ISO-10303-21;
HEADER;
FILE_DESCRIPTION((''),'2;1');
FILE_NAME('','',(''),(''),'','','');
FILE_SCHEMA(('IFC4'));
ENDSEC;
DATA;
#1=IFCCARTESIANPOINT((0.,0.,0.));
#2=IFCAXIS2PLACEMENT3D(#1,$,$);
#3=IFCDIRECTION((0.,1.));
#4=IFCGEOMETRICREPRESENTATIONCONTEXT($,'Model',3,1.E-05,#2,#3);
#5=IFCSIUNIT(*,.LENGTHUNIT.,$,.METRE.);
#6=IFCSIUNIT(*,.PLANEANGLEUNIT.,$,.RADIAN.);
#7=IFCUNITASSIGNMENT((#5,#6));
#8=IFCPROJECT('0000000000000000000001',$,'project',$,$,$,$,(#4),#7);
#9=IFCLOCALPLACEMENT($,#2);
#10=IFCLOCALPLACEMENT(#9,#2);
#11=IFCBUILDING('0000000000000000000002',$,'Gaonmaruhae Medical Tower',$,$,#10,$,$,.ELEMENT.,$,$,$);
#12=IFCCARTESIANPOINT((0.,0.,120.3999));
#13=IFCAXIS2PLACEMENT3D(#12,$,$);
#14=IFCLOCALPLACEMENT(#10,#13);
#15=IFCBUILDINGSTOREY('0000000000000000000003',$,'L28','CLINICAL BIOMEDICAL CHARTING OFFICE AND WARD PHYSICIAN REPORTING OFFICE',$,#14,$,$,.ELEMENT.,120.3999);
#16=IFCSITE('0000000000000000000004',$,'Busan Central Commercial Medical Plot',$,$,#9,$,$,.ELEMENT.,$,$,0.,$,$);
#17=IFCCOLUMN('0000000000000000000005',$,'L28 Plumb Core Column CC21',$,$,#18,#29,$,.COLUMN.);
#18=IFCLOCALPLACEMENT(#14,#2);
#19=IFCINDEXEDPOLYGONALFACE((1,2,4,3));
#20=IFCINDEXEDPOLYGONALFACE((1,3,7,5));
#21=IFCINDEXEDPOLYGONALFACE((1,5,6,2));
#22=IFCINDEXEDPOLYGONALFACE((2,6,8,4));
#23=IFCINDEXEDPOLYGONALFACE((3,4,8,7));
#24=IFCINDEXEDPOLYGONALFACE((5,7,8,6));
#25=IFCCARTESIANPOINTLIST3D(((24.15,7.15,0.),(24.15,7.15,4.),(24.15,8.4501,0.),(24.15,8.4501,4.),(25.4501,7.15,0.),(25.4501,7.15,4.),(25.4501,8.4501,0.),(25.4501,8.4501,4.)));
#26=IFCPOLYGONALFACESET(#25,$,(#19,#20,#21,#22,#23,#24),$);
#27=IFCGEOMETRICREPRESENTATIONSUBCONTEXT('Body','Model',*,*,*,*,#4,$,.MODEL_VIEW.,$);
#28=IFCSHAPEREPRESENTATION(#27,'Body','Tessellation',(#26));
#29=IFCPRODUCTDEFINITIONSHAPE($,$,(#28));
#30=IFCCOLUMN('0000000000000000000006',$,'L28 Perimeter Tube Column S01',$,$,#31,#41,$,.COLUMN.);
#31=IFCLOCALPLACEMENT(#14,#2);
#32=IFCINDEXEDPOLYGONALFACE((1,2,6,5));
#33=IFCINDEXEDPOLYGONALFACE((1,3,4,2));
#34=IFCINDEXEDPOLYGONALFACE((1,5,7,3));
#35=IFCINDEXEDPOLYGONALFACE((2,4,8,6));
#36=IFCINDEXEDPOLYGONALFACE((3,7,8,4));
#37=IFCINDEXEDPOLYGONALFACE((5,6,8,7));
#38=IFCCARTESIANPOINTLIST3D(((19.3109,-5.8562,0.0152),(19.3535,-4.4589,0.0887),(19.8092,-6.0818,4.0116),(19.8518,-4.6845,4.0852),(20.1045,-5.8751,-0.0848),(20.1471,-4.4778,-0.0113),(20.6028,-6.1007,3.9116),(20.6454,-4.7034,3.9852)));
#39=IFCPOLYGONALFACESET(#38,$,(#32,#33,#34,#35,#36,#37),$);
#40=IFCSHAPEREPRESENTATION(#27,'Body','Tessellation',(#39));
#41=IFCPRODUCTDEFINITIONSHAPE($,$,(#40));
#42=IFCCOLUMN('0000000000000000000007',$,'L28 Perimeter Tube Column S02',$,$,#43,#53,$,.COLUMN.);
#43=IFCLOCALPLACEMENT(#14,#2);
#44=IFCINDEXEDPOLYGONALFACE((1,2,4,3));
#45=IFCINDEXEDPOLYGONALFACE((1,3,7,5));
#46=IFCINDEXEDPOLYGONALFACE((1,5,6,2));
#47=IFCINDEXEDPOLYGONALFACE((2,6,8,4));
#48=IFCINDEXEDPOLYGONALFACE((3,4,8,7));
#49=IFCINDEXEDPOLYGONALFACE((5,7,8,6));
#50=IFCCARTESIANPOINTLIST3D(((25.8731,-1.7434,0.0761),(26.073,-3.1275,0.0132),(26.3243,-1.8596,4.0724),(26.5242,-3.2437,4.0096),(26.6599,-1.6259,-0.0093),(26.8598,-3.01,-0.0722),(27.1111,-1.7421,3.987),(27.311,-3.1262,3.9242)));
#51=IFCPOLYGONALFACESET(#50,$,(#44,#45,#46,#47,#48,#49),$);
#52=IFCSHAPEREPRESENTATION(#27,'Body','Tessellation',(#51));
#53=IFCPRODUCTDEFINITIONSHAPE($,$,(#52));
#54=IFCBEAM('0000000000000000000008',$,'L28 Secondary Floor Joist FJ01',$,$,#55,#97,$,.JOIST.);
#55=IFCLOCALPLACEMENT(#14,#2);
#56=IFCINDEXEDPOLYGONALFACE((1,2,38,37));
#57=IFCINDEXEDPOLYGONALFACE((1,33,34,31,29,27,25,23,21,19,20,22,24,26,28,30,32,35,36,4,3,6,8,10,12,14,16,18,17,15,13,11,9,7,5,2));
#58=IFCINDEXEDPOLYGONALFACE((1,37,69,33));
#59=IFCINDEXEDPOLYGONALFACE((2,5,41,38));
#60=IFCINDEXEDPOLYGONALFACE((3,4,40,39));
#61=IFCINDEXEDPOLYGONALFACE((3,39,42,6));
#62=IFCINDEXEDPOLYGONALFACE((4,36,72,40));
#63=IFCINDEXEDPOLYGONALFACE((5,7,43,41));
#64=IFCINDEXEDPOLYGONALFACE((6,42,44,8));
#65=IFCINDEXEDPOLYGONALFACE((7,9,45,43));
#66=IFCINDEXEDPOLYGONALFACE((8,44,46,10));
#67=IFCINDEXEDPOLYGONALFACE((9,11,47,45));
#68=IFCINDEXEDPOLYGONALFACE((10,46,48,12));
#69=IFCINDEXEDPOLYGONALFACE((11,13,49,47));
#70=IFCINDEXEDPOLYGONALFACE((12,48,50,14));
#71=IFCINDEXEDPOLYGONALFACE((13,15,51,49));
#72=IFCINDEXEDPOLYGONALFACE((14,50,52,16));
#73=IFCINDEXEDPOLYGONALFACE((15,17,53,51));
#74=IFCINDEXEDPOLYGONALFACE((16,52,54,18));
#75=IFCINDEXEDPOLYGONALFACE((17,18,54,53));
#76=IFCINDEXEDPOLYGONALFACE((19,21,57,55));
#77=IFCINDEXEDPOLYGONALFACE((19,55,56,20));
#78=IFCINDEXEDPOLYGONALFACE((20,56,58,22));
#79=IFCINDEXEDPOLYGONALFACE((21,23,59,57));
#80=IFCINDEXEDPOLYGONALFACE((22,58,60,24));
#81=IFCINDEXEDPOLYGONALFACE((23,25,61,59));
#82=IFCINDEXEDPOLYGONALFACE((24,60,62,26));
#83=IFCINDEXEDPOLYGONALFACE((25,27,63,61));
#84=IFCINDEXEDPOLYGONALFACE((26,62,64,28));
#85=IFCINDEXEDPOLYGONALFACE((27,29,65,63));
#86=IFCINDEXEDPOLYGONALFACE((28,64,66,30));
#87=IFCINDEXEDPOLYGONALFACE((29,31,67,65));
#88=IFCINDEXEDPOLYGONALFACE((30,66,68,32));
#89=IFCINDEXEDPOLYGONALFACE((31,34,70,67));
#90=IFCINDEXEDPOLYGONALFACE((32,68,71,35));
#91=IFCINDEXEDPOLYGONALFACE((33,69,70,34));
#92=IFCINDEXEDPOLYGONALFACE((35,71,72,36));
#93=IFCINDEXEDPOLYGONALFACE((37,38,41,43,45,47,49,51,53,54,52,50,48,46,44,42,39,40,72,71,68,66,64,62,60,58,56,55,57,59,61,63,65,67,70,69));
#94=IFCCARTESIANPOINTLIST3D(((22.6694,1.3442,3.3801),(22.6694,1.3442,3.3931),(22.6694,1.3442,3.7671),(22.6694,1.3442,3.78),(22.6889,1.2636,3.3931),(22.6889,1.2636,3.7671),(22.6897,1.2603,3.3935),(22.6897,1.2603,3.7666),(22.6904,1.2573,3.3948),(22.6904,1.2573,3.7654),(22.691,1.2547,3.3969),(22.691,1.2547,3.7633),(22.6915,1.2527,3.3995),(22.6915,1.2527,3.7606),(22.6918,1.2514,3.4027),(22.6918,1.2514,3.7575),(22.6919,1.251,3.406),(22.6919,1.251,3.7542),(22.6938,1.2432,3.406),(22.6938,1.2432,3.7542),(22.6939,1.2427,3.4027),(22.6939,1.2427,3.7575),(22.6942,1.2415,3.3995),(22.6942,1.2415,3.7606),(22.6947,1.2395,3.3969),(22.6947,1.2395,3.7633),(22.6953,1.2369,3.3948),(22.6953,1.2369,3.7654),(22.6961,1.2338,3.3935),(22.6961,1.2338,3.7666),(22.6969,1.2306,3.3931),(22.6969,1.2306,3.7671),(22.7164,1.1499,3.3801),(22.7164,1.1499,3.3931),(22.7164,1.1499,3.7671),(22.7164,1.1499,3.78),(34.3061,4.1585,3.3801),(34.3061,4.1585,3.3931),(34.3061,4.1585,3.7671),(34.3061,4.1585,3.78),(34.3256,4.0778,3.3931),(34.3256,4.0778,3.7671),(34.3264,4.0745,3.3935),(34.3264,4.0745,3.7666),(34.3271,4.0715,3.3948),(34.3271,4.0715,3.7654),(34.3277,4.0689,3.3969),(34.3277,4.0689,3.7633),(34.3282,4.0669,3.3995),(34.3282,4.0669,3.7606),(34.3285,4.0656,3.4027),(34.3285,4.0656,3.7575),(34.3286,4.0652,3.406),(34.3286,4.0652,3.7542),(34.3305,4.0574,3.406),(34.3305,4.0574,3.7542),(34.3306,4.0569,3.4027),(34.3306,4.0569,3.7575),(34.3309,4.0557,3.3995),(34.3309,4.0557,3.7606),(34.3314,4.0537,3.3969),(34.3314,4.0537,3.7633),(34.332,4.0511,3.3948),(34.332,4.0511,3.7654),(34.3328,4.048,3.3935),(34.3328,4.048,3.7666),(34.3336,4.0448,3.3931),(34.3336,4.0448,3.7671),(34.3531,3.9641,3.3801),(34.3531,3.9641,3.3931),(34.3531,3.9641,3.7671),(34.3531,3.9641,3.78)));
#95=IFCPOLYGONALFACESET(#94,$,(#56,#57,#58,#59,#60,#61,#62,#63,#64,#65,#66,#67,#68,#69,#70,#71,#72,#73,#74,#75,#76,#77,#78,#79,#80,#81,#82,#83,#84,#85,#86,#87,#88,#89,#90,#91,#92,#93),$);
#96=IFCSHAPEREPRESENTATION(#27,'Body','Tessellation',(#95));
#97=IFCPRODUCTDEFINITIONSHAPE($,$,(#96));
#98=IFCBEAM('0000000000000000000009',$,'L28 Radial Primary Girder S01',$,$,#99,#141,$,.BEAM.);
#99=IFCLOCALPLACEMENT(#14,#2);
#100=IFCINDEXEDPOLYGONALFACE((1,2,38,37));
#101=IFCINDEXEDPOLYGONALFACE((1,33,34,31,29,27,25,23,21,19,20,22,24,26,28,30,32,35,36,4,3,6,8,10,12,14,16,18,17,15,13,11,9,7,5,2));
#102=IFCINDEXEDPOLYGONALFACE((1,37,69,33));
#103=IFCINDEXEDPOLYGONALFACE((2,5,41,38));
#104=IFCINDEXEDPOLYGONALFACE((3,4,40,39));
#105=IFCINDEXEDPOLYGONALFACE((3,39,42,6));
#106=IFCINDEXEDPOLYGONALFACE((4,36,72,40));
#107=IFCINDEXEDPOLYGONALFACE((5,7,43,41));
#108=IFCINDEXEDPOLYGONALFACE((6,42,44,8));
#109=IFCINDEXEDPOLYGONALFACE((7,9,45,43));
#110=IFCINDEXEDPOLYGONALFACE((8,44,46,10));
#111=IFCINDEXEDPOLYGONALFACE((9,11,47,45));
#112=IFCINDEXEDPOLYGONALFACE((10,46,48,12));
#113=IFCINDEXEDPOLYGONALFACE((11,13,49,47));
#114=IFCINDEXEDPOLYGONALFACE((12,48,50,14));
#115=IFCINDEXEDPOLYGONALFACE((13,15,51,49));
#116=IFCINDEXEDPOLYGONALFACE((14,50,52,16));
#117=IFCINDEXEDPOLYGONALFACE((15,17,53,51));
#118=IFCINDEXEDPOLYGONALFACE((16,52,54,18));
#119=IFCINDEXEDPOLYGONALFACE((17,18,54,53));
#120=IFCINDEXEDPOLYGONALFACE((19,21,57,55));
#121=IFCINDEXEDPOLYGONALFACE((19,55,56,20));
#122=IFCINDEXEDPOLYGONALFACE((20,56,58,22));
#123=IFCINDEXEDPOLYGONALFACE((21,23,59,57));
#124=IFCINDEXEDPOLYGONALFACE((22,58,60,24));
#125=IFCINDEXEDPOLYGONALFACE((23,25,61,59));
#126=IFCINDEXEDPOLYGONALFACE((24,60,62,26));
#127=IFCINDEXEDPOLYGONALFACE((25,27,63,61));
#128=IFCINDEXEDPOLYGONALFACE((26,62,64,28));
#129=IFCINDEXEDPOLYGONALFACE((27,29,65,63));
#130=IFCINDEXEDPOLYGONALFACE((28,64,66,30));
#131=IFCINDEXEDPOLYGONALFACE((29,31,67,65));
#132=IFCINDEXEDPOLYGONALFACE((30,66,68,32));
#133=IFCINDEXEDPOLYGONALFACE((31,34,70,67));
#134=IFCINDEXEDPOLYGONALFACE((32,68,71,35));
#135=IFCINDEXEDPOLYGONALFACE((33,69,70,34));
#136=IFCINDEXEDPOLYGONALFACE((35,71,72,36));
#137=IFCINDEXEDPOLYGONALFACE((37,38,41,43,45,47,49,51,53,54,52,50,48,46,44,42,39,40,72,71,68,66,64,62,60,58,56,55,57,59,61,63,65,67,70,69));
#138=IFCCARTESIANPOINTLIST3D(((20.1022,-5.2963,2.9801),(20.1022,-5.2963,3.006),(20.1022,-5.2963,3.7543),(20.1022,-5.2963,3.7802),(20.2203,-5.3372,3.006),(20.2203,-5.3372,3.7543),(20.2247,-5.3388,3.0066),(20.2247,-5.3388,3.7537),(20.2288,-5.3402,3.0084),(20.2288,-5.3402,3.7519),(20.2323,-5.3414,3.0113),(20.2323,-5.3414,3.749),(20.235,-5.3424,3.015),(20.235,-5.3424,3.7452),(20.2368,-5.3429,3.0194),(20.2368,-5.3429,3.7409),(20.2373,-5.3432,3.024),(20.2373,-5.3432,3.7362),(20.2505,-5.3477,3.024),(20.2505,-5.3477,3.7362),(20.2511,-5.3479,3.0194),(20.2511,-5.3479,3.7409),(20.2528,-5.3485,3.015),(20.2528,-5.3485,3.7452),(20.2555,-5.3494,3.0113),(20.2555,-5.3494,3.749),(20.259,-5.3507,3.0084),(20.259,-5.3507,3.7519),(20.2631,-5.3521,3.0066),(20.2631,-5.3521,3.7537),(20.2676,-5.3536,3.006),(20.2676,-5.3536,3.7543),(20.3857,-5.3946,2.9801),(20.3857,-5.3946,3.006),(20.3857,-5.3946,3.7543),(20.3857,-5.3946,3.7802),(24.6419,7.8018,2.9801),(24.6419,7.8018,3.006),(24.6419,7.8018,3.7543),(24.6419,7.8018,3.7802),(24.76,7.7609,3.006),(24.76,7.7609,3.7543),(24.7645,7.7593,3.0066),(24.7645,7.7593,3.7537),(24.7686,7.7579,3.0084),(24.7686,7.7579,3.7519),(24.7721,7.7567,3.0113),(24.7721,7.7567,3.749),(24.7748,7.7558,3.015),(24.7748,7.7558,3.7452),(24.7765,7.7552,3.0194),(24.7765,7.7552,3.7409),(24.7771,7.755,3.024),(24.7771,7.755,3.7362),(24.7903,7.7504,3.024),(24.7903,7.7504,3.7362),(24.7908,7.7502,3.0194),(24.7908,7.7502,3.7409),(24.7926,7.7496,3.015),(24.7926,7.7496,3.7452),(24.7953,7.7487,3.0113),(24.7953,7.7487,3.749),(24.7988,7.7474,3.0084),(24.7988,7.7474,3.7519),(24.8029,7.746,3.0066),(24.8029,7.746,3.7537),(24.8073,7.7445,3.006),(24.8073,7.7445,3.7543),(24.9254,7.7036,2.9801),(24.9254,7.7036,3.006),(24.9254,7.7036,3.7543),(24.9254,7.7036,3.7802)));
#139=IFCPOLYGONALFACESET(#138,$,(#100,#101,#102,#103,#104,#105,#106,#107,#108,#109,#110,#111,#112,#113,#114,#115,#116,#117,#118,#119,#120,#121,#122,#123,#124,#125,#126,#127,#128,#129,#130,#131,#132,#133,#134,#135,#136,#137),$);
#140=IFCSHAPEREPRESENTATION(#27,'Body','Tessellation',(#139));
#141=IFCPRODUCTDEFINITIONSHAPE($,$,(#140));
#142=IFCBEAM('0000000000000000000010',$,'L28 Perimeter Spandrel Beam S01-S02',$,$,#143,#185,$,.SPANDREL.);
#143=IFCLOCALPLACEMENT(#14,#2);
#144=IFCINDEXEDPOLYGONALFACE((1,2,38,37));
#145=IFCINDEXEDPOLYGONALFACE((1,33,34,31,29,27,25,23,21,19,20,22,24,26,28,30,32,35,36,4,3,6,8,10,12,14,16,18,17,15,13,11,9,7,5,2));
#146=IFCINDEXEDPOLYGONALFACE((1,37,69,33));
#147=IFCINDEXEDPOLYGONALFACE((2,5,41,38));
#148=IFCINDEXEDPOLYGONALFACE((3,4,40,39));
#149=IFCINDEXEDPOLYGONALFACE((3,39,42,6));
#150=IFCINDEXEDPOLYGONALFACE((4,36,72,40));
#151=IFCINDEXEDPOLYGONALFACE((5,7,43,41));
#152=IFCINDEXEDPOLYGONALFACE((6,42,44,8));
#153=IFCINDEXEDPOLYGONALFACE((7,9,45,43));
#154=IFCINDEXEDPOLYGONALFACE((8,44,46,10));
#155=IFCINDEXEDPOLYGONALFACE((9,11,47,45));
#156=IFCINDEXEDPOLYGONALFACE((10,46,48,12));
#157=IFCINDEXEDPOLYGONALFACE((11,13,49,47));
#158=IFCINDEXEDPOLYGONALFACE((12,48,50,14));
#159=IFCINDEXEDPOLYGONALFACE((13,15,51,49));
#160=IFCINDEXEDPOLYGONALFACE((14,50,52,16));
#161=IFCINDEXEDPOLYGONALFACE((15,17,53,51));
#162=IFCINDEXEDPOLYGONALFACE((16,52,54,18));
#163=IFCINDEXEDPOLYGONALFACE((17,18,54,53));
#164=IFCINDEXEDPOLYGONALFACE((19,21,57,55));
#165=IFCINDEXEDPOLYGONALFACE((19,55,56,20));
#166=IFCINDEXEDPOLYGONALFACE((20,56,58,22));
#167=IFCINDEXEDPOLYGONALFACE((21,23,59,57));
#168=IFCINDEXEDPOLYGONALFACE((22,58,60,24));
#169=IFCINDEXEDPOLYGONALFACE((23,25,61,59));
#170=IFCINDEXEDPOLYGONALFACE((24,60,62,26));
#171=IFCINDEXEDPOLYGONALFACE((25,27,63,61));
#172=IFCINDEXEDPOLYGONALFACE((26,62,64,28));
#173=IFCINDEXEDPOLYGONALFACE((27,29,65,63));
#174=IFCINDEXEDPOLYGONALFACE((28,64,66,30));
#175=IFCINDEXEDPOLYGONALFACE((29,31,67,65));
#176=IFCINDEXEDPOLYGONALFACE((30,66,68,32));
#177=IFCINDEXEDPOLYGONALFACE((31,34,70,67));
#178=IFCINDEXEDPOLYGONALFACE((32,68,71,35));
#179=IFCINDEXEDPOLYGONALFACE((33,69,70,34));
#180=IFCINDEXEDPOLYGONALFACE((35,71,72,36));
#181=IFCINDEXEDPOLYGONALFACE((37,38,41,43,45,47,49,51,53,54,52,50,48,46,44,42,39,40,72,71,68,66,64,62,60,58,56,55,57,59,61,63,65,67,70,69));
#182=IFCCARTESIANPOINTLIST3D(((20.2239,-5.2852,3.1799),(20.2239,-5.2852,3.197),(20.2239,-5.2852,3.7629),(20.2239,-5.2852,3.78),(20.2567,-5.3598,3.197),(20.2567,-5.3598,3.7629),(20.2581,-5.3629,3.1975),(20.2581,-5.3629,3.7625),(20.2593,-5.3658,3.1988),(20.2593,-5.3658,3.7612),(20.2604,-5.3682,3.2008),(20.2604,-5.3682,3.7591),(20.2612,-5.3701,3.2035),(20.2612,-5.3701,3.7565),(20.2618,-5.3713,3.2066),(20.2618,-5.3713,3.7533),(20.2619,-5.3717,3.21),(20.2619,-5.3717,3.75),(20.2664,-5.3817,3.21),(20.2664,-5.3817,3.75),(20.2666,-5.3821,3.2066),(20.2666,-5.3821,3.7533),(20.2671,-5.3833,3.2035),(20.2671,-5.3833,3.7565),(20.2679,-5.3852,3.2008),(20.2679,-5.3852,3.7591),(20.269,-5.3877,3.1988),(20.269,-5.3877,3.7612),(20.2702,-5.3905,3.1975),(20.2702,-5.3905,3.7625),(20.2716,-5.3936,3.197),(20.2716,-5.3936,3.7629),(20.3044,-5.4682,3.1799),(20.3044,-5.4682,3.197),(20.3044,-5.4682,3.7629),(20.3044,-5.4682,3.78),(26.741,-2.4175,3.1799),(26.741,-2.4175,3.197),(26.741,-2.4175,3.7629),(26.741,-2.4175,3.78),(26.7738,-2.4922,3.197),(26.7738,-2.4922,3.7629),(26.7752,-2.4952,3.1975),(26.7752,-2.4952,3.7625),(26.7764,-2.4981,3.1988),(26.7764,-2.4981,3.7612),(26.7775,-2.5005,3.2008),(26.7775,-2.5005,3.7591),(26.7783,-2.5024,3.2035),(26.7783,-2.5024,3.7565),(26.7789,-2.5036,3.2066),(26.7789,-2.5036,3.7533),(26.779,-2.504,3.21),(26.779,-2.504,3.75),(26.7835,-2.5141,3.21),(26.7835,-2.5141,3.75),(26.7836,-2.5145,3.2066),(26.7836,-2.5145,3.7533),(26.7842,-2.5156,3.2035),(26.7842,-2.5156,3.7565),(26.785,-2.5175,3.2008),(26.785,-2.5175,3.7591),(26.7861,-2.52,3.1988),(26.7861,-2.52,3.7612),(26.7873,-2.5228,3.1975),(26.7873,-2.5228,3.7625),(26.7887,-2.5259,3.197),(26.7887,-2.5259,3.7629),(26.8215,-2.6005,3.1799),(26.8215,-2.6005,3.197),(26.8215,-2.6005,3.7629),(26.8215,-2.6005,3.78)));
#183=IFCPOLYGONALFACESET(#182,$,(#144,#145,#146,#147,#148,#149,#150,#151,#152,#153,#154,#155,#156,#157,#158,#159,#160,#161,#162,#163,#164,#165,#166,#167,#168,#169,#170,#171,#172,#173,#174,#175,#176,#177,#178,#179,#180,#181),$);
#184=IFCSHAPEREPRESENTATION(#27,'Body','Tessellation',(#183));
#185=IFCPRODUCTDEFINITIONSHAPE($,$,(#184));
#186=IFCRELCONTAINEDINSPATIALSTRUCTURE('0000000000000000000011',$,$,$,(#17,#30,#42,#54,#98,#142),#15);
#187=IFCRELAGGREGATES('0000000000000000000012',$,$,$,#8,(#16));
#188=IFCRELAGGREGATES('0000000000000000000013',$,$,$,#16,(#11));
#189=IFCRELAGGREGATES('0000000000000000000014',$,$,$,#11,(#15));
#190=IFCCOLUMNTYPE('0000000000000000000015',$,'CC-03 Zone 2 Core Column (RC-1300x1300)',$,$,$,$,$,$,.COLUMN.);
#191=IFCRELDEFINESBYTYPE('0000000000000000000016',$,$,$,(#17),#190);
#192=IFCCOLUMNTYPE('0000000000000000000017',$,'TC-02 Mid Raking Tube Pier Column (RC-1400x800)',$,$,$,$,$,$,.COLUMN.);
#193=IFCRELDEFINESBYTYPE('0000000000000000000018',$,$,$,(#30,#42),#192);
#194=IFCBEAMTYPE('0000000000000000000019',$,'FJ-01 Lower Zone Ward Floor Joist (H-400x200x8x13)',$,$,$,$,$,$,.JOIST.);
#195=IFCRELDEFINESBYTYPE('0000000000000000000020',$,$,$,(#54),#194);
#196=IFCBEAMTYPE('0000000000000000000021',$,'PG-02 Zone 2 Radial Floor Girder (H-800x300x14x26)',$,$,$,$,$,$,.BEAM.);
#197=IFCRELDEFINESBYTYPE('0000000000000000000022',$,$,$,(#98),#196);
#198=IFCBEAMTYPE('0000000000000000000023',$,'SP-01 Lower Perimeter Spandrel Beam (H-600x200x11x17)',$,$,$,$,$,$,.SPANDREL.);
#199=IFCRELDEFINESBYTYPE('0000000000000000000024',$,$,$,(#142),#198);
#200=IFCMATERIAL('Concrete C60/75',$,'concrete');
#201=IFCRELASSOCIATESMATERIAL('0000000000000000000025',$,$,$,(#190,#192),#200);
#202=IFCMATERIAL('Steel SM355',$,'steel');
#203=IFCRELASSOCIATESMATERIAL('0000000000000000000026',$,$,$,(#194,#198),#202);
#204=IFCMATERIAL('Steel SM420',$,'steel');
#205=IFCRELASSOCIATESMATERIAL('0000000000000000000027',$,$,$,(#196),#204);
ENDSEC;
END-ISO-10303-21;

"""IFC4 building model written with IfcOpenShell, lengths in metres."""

from ifc_helpers import new_model, si_unit, direction, frame, origin, origin_2d, place, context, subcontext, project, spatial, rectangle, i_section, extrude, material, material_profile, profile_set, type_object, element, save


model = new_model("IFC4")

# Units and contexts
model_context = context("Model", 3, precision=1e-05, world=origin(), true_north=direction((0.0, 1.0)))
body_context = subcontext(model_context, "Body", "Model", "MODEL_VIEW")
ifc_project = project(units=[si_unit("LENGTHUNIT", "METRE"), si_unit("PLANEANGLEUNIT", "RADIAN")], contexts=[model_context])

# Site, building, storey
site_placement = place(None, origin())
site = spatial("IfcSite", under=ifc_project, at=site_placement, Name="Busan Central Commercial Medical Plot", CompositionType="ELEMENT", RefElevation=0.0)
building_placement = place(site_placement, origin())
building = spatial("IfcBuilding", under=site, at=building_placement, Name="Gaonmaruhae Medical Tower", CompositionType="ELEMENT")
storey_placement = place(building_placement, frame((0.0, 0.0, 120.3999)))
storey = spatial("IfcBuildingStorey", under=building, at=storey_placement, Name="L28", Description="CLINICAL BIOMEDICAL CHARTING OFFICE AND WARD PHYSICIAN REPORTING OFFICE", CompositionType="ELEMENT", Elevation=120.3999)

# Columns
ifc_material_1 = material(Name="Concrete C60/75", Category="concrete")
ifc_material_profile_1 = material_profile(ifc_material_1, rectangle(XDim=1.3, YDim=1.3, at=origin_2d()), Name="RC-1300x1300")
ifc_profile_set_1 = profile_set([ifc_material_profile_1], Name="Concrete C60/75")
column_type_1 = type_object("IfcColumnType", Name="CC-03 Zone 2 Core Column (RC-1300x1300)", PredefinedType="COLUMN", material=ifc_profile_set_1)
column_1_placement = place(storey_placement, frame((24.8, 7.8, 0.0), z_axis=(0.0, 0.0, 1.0), x_axis=(1.0, 0.0, 0.0)))
element("IfcColumn", 1, at=column_1_placement, inside=storey, type_object=column_type_1, Name="L28 Plumb Core Column CC21", PredefinedType="COLUMN", context=body_context, shape_type="SweptSolid", body=[
    extrude(rectangle(XDim=1.3, YDim=1.3, at=origin_2d()), origin(), (0.0, 0.0, 1.0), 4.0),
])
ifc_material_profile_2 = material_profile(ifc_material_1, rectangle(XDim=1.3999, YDim=0.8, at=origin_2d()), Name="RC-1400x800")
ifc_profile_set_2 = profile_set([ifc_material_profile_2], Name="Concrete C60/75")
column_type_2 = type_object("IfcColumnType", Name="TC-02 Mid Raking Tube Pier Column (RC-1400x800)", PredefinedType="COLUMN", material=ifc_profile_set_2)
column_2_placement = place(storey_placement, frame((19.729, -5.167, 0.002), z_axis=(0.123535, -0.055927, 0.990763), x_axis=(0.030435, 0.998154, 0.052549)))
element("IfcColumn", 2, at=column_2_placement, inside=storey, type_object=column_type_2, Name="L28 Perimeter Tube Column S01", PredefinedType="COLUMN", context=body_context, shape_type="SweptSolid", body=[
    extrude(rectangle(XDim=1.3999, YDim=0.8, at=origin_2d()), origin(), (0.0, 0.0, 1.0), 4.0337),
])
column_3_placement = place(storey_placement, frame((26.3665, -2.3767, 0.002), z_axis=(0.112137, -0.028884, 0.993273), x_axis=(-0.142798, 0.988734, 0.044873)))
element("IfcColumn", 3, at=column_3_placement, inside=storey, type_object=column_type_2, Name="L28 Perimeter Tube Column S02", PredefinedType="COLUMN", context=body_context, shape_type="SweptSolid", body=[
    extrude(rectangle(XDim=1.3999, YDim=0.8, at=origin_2d()), origin(), (0.0, 0.0, 1.0), 4.0234),
])

# Beams
ifc_material_2 = material(Name="Steel SM355", Category="steel")
ifc_material_profile_3 = material_profile(ifc_material_2, i_section(OverallWidth=0.2, OverallDepth=0.3999, WebThickness=0.0081, FlangeThickness=0.0129, FilletRadius=0.0129, at=origin_2d()), Name="H-400x200x8x13")
ifc_profile_set_3 = profile_set([ifc_material_profile_3], Name="Steel SM355")
beam_type_1 = type_object("IfcBeamType", Name="FJ-01 Lower Zone Ward Floor Joist (H-400x200x8x13)", PredefinedType="JOIST", material=ifc_profile_set_3)
beam_1_placement = place(storey_placement, frame((22.6929, 1.2471, 3.5801), z_axis=(0.97198, 0.235062, 0.0), x_axis=(-0.235062, 0.97198, 0.0)))
element("IfcBeam", 4, at=beam_1_placement, inside=storey, type_object=beam_type_1, Name="L28 Secondary Floor Joist FJ01", PredefinedType="JOIST", context=body_context, shape_type="SweptSolid", body=[
    extrude(i_section(OverallWidth=0.2, OverallDepth=0.3999, WebThickness=0.0081, FlangeThickness=0.0129, FilletRadius=0.0129, at=origin_2d()), origin(), (0.0, 0.0, 1.0), 11.9722),
])
ifc_material_3 = material(Name="Steel SM420", Category="steel")
ifc_material_profile_4 = material_profile(ifc_material_3, i_section(OverallWidth=0.3, OverallDepth=0.8, WebThickness=0.0139, FlangeThickness=0.0259, FilletRadius=0.0181, at=origin_2d()), Name="H-800x300x14x26")
ifc_profile_set_4 = profile_set([ifc_material_profile_4], Name="Steel SM420")
beam_type_2 = type_object("IfcBeamType", Name="PG-02 Zone 2 Radial Floor Girder (H-800x300x14x26)", PredefinedType="BEAM", material=ifc_profile_set_4)
beam_2_placement = place(storey_placement, frame((24.7837, 7.7527, 3.3801), z_axis=(-0.327486, -0.944856, 0.0), x_axis=(0.944856, -0.327486, 0.0)))
element("IfcBeam", 5, at=beam_2_placement, inside=storey, type_object=beam_type_2, Name="L28 Radial Primary Girder S01", PredefinedType="BEAM", context=body_context, shape_type="SweptSolid", body=[
    extrude(i_section(OverallWidth=0.3, OverallDepth=0.8, WebThickness=0.0139, FlangeThickness=0.0259, FilletRadius=0.0181, at=origin_2d()), origin(), (0.0, 0.0, 1.0), 13.8625),
])
ifc_material_profile_5 = material_profile(ifc_material_2, i_section(OverallWidth=0.2, OverallDepth=0.6001, WebThickness=0.011, FlangeThickness=0.0171, FilletRadius=0.0129, at=origin_2d()), Name="H-600x200x11x17")
ifc_profile_set_5 = profile_set([ifc_material_profile_5], Name="Steel SM355")
beam_type_3 = type_object("IfcBeamType", Name="SP-01 Lower Perimeter Spandrel Beam (H-600x200x11x17)", PredefinedType="SPANDREL", material=ifc_profile_set_5)
beam_3_placement = place(storey_placement, frame((20.2642, -5.3767, 3.48), z_axis=(0.915307, 0.402757, 0.0), x_axis=(-0.402757, 0.915307, 0.0)))
element("IfcBeam", 6, at=beam_3_placement, inside=storey, type_object=beam_type_3, Name="L28 Perimeter Spandrel Beam S01-S02", PredefinedType="SPANDREL", context=body_context, shape_type="SweptSolid", body=[
    extrude(i_section(OverallWidth=0.2, OverallDepth=0.6001, WebThickness=0.011, FlangeThickness=0.0171, FilletRadius=0.0129, at=origin_2d()), origin(), (0.0, 0.0, 1.0), 7.1201),
])

save(model, "model.ifc")
